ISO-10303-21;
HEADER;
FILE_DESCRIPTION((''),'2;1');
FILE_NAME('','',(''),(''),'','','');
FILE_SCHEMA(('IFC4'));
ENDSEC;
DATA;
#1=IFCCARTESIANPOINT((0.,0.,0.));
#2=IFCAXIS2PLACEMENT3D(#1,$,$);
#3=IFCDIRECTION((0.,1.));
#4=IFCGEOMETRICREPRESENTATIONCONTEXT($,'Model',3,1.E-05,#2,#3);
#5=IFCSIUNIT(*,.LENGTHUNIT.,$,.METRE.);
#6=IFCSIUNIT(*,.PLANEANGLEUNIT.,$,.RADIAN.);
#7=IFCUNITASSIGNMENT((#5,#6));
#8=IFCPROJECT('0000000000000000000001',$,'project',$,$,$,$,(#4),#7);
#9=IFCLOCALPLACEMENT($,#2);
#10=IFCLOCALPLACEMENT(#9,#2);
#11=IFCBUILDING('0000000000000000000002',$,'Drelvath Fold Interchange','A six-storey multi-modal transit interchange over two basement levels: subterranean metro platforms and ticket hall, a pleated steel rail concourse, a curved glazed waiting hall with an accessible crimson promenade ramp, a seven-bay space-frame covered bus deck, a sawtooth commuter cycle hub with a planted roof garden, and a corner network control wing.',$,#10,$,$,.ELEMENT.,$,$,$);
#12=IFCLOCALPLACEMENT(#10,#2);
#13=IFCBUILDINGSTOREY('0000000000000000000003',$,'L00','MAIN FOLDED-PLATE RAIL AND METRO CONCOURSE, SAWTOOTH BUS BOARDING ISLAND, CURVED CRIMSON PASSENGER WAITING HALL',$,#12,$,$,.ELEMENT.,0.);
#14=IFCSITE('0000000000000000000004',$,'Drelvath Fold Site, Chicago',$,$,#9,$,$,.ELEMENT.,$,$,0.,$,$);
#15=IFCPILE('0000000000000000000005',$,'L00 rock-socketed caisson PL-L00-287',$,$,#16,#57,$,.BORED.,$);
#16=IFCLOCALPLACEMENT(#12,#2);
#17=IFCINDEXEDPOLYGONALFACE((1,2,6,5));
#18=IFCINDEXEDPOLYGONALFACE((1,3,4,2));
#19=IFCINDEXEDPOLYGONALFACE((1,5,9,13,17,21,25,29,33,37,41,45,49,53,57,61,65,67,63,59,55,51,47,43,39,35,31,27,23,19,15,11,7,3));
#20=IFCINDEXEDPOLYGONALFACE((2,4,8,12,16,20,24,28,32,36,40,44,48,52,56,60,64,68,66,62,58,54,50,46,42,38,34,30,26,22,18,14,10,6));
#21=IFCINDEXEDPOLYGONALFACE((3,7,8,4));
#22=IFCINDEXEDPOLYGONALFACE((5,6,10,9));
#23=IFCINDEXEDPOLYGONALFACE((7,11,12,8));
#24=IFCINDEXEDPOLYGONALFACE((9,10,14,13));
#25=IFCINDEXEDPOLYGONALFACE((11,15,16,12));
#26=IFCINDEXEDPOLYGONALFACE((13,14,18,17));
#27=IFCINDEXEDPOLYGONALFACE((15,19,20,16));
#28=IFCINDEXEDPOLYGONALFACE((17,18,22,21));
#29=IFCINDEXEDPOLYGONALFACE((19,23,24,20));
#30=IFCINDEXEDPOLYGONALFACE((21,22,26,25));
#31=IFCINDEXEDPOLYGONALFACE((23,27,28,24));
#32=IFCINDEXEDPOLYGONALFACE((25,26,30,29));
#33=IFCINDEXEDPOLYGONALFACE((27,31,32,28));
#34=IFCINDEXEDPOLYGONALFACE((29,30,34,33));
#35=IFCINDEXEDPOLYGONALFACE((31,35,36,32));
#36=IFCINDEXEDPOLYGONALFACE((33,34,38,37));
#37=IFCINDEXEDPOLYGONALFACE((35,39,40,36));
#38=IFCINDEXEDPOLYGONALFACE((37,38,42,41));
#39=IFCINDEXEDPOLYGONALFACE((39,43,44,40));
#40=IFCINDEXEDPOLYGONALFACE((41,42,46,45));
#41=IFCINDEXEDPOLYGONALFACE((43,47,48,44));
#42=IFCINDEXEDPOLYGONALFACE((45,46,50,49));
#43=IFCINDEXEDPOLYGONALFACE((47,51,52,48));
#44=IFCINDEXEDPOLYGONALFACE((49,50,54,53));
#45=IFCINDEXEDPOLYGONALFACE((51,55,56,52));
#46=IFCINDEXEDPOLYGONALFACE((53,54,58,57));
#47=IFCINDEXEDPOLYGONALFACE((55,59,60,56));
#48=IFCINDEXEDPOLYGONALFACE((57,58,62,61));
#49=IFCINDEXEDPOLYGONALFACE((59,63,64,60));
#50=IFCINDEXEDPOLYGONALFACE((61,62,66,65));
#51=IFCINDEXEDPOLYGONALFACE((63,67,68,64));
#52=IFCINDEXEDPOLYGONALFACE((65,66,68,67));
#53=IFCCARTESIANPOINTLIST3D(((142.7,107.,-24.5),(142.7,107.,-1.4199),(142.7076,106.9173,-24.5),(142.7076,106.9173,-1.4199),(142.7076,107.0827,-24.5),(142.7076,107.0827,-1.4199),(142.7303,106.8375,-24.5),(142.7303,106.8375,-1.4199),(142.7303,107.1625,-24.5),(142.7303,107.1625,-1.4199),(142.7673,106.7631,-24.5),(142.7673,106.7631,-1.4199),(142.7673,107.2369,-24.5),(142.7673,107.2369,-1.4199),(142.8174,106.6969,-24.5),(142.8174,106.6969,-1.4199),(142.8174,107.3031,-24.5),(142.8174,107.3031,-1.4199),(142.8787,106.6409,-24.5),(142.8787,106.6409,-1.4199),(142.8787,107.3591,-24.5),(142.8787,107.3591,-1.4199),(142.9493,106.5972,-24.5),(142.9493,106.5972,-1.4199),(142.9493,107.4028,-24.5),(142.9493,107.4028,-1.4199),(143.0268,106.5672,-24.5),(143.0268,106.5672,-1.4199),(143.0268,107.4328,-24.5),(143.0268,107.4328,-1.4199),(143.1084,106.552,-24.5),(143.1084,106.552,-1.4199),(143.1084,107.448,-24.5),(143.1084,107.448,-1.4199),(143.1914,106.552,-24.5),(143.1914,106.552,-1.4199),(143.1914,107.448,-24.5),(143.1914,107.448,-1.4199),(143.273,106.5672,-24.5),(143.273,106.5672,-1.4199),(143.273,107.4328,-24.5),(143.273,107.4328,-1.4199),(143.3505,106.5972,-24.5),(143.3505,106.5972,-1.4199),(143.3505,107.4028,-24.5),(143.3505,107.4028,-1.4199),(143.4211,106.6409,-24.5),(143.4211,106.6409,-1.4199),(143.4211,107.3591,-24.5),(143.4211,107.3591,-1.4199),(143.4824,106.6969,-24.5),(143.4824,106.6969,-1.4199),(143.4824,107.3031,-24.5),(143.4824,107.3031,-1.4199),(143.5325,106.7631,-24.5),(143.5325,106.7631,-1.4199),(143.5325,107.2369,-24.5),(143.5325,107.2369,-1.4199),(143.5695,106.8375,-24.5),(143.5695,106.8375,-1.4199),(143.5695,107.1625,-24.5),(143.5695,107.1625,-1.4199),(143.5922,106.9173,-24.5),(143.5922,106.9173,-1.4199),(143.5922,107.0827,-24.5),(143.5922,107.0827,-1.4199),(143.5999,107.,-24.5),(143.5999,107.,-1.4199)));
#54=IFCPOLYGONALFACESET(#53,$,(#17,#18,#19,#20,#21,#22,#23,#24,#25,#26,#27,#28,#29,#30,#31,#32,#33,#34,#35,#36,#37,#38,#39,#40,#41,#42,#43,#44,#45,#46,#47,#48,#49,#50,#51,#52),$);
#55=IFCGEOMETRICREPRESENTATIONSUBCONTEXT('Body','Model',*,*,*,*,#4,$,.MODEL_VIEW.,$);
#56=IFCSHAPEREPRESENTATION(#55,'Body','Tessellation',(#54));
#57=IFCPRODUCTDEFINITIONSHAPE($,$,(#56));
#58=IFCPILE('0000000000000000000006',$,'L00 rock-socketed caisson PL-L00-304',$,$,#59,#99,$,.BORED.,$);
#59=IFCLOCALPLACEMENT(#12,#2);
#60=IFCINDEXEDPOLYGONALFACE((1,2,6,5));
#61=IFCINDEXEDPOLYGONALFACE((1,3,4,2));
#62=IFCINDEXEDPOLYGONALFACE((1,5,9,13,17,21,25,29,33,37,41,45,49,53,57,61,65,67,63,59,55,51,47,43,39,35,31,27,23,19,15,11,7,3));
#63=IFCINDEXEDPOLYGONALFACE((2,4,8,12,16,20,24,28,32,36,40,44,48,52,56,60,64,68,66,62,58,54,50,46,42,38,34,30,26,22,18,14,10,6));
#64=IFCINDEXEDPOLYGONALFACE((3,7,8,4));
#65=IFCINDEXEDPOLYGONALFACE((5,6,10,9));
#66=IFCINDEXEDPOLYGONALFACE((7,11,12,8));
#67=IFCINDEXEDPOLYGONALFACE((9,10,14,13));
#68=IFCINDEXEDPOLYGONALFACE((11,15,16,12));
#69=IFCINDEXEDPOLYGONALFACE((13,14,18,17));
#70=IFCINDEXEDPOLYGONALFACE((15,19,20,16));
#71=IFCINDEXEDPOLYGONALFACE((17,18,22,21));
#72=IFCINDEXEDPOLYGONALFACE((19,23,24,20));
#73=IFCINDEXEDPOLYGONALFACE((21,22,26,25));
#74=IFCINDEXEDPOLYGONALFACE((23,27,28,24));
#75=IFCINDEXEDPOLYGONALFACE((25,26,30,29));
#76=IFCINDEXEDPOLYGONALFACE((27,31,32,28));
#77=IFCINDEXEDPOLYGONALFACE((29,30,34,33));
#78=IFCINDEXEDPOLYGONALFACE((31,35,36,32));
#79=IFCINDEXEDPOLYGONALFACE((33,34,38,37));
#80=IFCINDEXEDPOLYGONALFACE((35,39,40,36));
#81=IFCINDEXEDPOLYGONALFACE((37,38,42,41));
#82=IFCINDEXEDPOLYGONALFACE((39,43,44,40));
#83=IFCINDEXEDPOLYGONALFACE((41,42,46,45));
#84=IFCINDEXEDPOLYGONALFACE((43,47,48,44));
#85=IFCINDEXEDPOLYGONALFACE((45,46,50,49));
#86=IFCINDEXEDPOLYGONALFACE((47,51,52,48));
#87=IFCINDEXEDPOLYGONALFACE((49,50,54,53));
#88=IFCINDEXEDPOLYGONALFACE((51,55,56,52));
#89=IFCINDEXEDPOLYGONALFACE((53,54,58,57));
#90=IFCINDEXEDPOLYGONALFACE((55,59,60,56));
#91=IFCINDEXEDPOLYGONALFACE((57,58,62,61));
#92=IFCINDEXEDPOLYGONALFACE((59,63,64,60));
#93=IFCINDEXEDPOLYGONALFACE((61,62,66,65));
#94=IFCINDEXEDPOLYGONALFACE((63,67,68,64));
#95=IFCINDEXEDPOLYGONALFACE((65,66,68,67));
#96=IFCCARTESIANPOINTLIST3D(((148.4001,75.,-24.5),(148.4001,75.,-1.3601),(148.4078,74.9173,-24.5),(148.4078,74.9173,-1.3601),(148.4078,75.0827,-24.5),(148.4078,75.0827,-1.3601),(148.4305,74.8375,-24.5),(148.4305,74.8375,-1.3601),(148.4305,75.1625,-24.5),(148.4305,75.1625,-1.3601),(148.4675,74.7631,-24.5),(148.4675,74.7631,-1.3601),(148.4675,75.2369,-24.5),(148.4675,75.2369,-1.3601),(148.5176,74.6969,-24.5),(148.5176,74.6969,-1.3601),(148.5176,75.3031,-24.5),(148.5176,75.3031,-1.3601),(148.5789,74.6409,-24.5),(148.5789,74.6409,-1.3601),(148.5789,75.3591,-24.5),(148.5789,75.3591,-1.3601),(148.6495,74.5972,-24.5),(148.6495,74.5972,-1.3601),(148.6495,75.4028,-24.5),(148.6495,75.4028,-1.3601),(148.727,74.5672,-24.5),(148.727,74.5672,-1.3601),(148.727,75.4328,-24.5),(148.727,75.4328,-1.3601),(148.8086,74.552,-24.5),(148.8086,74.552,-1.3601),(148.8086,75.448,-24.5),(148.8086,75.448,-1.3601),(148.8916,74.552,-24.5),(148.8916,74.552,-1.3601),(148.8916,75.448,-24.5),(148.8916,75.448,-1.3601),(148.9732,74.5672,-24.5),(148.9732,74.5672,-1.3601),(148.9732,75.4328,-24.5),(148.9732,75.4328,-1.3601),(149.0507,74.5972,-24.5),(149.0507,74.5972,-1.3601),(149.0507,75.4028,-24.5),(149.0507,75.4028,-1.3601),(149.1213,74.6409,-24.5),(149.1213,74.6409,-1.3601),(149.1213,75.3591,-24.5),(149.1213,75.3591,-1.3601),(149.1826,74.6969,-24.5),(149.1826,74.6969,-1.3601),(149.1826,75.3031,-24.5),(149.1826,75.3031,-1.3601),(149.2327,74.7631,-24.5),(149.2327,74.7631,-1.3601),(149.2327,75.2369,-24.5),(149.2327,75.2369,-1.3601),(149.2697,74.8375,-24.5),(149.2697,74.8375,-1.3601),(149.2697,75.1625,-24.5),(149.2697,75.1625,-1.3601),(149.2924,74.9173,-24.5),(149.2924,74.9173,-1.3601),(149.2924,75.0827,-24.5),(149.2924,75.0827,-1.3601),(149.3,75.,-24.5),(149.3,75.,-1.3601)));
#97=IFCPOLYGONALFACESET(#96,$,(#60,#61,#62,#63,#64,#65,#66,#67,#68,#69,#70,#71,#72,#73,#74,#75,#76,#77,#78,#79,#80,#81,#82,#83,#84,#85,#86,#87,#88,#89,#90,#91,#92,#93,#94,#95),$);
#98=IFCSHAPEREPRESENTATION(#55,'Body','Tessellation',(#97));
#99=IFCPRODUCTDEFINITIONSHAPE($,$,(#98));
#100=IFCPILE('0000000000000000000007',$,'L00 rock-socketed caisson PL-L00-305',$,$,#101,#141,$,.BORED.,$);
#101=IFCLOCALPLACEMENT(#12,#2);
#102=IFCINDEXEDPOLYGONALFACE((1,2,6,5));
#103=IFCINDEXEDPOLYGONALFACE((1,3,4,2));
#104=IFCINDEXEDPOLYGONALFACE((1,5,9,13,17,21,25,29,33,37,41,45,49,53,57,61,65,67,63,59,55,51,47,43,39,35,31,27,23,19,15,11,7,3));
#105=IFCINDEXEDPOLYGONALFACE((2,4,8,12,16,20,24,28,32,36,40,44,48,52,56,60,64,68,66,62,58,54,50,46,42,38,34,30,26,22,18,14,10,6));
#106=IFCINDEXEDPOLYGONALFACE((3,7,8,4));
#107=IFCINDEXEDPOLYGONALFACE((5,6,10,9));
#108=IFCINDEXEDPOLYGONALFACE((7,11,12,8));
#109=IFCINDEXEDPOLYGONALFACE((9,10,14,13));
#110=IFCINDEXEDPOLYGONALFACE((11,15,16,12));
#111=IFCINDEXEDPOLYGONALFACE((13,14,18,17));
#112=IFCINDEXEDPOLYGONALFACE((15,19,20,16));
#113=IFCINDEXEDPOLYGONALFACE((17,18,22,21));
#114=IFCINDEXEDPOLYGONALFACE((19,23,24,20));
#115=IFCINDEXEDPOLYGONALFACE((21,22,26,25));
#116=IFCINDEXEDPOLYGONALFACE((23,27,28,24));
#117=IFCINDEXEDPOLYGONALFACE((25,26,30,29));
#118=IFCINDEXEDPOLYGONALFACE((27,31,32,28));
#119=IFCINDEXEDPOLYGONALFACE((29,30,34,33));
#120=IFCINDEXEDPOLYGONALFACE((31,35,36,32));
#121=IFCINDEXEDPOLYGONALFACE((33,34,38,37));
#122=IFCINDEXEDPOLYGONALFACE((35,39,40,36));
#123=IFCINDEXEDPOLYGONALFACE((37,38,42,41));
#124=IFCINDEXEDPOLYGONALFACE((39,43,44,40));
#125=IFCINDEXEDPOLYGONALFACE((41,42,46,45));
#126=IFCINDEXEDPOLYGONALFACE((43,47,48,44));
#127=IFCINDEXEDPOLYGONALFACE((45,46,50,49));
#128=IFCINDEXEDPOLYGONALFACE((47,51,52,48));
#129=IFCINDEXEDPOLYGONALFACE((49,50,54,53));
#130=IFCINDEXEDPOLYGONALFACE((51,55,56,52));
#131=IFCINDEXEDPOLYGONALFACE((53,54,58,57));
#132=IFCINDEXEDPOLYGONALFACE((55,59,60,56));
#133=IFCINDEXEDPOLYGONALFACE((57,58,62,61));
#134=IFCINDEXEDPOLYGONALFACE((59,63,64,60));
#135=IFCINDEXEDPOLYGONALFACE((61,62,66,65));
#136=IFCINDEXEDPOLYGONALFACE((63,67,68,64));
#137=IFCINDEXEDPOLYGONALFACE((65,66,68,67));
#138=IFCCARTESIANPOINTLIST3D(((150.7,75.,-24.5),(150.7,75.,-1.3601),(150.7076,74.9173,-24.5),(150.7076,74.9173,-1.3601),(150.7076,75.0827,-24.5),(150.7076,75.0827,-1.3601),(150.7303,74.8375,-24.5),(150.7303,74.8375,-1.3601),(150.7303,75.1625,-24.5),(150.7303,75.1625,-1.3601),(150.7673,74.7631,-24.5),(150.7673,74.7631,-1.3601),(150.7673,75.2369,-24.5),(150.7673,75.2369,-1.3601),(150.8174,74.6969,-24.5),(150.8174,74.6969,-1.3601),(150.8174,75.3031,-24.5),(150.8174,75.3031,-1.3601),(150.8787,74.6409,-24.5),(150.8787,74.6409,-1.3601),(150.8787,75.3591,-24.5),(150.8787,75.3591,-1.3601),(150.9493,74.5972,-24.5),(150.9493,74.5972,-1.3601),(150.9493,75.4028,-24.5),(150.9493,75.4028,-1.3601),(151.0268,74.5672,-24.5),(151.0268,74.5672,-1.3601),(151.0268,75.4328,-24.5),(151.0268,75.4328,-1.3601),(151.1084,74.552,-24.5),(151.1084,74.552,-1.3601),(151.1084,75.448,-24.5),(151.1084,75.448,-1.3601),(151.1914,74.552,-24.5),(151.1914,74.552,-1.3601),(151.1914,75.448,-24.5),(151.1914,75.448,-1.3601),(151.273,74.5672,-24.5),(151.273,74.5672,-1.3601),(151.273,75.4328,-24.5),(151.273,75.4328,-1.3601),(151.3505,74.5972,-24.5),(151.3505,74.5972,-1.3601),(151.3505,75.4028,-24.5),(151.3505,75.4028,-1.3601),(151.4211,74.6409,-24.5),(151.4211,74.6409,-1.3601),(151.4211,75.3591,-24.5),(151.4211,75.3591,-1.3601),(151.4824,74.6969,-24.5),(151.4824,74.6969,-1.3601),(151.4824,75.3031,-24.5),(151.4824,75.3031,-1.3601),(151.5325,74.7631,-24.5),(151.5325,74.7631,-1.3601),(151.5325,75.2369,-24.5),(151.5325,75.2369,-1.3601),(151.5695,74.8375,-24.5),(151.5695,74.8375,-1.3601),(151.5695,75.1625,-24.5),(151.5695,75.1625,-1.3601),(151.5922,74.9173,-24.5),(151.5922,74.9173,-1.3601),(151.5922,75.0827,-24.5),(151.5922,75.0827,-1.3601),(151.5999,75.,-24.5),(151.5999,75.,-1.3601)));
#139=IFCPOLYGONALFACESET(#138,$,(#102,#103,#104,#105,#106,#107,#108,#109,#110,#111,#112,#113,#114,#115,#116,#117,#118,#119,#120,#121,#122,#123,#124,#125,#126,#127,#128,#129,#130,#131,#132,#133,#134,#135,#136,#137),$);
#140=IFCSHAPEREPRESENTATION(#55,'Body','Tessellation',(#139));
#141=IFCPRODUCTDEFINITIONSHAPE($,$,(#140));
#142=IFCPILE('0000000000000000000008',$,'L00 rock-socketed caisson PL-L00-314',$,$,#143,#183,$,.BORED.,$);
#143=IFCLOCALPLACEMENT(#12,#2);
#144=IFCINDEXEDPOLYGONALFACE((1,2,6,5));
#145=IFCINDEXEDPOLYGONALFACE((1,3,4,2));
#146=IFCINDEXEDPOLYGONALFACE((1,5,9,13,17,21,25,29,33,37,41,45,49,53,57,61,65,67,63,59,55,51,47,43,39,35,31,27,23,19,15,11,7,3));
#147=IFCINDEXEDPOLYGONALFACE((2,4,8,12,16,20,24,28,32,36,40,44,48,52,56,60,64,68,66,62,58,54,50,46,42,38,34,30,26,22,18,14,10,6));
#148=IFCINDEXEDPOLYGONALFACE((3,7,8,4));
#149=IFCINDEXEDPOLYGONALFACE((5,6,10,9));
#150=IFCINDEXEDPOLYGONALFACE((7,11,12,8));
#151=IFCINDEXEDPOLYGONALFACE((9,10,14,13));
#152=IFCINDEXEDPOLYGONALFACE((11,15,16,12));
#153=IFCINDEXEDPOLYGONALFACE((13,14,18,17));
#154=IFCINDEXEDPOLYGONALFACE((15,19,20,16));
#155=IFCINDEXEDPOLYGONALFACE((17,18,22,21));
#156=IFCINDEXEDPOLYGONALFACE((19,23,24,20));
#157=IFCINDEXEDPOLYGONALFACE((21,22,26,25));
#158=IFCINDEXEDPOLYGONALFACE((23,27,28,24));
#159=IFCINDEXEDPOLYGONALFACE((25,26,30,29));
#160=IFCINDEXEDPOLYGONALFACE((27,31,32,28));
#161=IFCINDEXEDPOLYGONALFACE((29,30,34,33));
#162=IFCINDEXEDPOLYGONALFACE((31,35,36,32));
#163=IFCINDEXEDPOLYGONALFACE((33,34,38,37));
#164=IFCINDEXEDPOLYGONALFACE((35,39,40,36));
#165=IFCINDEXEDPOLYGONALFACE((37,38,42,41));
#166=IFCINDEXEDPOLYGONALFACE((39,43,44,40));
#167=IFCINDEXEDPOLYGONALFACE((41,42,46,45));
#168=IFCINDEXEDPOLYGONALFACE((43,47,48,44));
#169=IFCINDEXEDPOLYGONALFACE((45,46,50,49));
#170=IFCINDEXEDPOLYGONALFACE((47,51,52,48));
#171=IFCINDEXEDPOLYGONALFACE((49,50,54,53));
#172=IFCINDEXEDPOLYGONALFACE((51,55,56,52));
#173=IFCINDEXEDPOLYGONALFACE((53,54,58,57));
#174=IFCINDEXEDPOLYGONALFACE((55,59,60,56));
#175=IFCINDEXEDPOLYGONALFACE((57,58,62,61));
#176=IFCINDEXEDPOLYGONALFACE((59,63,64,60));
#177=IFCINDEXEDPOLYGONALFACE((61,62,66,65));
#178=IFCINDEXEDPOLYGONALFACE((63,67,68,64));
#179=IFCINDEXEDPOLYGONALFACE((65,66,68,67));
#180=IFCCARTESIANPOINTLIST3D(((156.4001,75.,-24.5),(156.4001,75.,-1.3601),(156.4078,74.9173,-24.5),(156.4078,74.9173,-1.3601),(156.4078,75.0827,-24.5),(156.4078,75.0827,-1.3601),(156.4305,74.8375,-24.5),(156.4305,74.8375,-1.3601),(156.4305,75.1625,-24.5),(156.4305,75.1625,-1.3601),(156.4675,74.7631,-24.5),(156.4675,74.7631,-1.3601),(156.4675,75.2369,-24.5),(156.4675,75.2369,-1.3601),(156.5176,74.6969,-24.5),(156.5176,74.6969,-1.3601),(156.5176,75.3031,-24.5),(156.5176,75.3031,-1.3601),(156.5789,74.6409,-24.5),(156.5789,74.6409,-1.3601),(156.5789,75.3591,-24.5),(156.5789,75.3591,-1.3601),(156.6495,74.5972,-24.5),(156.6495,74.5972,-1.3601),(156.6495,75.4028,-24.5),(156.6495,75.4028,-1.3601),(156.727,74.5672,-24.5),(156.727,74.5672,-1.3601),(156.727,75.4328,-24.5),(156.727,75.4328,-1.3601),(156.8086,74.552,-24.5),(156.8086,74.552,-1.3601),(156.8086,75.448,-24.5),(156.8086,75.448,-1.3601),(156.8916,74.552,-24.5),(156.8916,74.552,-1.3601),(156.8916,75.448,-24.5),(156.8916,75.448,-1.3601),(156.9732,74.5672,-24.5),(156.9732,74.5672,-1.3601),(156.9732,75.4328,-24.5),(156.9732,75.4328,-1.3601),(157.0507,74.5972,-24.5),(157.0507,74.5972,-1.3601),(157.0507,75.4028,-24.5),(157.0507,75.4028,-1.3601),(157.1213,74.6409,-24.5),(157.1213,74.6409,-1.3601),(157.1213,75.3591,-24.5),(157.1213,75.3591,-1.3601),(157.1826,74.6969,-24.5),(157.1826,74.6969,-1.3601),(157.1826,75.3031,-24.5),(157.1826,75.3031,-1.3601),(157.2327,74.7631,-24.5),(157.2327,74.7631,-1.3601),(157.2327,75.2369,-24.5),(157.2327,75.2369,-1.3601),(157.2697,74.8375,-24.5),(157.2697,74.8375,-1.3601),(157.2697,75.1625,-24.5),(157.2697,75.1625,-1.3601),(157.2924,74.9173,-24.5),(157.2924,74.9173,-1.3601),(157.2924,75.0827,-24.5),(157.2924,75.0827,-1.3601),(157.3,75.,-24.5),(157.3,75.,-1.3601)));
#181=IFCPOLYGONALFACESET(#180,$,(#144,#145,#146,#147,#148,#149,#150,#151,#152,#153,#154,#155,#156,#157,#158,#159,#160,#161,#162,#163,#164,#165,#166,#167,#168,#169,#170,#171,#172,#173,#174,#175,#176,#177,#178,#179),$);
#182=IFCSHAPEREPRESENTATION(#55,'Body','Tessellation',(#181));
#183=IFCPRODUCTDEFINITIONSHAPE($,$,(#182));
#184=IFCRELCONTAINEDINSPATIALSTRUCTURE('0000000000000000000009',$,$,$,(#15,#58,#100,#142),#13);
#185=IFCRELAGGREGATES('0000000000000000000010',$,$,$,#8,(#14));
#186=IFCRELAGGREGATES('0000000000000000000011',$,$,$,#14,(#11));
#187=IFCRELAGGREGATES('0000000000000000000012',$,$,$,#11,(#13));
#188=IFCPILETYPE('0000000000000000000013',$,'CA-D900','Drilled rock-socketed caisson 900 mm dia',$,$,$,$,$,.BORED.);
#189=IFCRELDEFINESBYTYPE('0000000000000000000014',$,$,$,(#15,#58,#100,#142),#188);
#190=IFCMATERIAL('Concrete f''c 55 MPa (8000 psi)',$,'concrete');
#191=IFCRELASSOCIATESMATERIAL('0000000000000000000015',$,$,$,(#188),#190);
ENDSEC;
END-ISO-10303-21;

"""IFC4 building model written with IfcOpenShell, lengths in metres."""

from ifc_helpers import new_model, si_unit, direction, frame, origin, origin_2d, place, context, subcontext, project, spatial, circle, extrude, material, material_profile, profile_set, type_object, element, save


model = new_model("IFC4")

# Units and contexts
model_context = context("Model", 3, precision=1e-05, world=origin(), true_north=direction((0.0, 1.0)))
body_context = subcontext(model_context, "Body", "Model", "MODEL_VIEW")
ifc_project = project(units=[si_unit("LENGTHUNIT", "METRE"), si_unit("PLANEANGLEUNIT", "RADIAN")], contexts=[model_context])

# Site, building, storey
site_placement = place(None, origin())
site = spatial("IfcSite", under=ifc_project, at=site_placement, Name="Drelvath Fold Site, Chicago", CompositionType="ELEMENT", RefElevation=0.0)
building_placement = place(site_placement, origin())
building = spatial("IfcBuilding", under=site, at=building_placement, Name="Drelvath Fold Interchange", Description="A six-storey multi-modal transit interchange over two basement levels: subterranean metro platforms and ticket hall, a pleated steel rail concourse, a curved glazed waiting hall with an accessible crimson promenade ramp, a seven-bay space-frame covered bus deck, a sawtooth commuter cycle hub with a planted roof garden, and a corner network control wing.", CompositionType="ELEMENT")
storey_placement = place(building_placement, origin())
storey = spatial("IfcBuildingStorey", under=building, at=storey_placement, Name="L00", Description="MAIN FOLDED-PLATE RAIL AND METRO CONCOURSE, SAWTOOTH BUS BOARDING ISLAND, CURVED CRIMSON PASSENGER WAITING HALL", CompositionType="ELEMENT", Elevation=0.0)

# Piles
ifc_material_1 = material(Name="Concrete f'c 55 MPa (8000 psi)", Category="concrete")
ifc_material_profile_1 = material_profile(ifc_material_1, circle(Radius=0.45, at=origin_2d()), Name="CAISSON D900")
ifc_profile_set_1 = profile_set([ifc_material_profile_1], Name="Concrete f'c 55 MPa (8000 psi)")
pile_type = type_object("IfcPileType", Name="CA-D900", Description="Drilled rock-socketed caisson 900 mm dia", PredefinedType="BORED", material=ifc_profile_set_1)
pile_1_placement = place(storey_placement, frame((143.1499, 107.0, -1.4199), z_axis=(0.0, 0.0, -1.0), x_axis=(1.0, 0.0, 0.0)))
element("IfcPile", 1, at=pile_1_placement, inside=storey, type_object=pile_type, Name="L00 rock-socketed caisson PL-L00-287", PredefinedType="BORED", context=body_context, shape_type="SweptSolid", body=[
    extrude(circle(Radius=0.45, at=origin_2d()), origin(), (0.0, 0.0, 1.0), 23.0801),
])
for number, where, z_axis, x_axis, name in (
    (2, (148.8501, 75.0, -1.3601), (0.0, 0.0, -1.0), (1.0, 0.0, 0.0), "L00 rock-socketed caisson PL-L00-304"),
    (3, (151.1499, 75.0, -1.3601), (0.0, 0.0, -1.0), (1.0, 0.0, 0.0), "L00 rock-socketed caisson PL-L00-305"),
    (4, (156.8501, 75.0, -1.3601), (0.0, 0.0, -1.0), (1.0, 0.0, 0.0), "L00 rock-socketed caisson PL-L00-314"),
):
    element("IfcPile", number, at=place(storey_placement, frame(where, z_axis=z_axis, x_axis=x_axis)), inside=storey, type_object=pile_type, Name=name, PredefinedType="BORED", context=body_context, shape_type="SweptSolid", body=[
        extrude(circle(Radius=0.45, at=origin_2d()), origin(), (0.0, 0.0, 1.0), 23.1399),
    ])

save(model, "model.ifc")
